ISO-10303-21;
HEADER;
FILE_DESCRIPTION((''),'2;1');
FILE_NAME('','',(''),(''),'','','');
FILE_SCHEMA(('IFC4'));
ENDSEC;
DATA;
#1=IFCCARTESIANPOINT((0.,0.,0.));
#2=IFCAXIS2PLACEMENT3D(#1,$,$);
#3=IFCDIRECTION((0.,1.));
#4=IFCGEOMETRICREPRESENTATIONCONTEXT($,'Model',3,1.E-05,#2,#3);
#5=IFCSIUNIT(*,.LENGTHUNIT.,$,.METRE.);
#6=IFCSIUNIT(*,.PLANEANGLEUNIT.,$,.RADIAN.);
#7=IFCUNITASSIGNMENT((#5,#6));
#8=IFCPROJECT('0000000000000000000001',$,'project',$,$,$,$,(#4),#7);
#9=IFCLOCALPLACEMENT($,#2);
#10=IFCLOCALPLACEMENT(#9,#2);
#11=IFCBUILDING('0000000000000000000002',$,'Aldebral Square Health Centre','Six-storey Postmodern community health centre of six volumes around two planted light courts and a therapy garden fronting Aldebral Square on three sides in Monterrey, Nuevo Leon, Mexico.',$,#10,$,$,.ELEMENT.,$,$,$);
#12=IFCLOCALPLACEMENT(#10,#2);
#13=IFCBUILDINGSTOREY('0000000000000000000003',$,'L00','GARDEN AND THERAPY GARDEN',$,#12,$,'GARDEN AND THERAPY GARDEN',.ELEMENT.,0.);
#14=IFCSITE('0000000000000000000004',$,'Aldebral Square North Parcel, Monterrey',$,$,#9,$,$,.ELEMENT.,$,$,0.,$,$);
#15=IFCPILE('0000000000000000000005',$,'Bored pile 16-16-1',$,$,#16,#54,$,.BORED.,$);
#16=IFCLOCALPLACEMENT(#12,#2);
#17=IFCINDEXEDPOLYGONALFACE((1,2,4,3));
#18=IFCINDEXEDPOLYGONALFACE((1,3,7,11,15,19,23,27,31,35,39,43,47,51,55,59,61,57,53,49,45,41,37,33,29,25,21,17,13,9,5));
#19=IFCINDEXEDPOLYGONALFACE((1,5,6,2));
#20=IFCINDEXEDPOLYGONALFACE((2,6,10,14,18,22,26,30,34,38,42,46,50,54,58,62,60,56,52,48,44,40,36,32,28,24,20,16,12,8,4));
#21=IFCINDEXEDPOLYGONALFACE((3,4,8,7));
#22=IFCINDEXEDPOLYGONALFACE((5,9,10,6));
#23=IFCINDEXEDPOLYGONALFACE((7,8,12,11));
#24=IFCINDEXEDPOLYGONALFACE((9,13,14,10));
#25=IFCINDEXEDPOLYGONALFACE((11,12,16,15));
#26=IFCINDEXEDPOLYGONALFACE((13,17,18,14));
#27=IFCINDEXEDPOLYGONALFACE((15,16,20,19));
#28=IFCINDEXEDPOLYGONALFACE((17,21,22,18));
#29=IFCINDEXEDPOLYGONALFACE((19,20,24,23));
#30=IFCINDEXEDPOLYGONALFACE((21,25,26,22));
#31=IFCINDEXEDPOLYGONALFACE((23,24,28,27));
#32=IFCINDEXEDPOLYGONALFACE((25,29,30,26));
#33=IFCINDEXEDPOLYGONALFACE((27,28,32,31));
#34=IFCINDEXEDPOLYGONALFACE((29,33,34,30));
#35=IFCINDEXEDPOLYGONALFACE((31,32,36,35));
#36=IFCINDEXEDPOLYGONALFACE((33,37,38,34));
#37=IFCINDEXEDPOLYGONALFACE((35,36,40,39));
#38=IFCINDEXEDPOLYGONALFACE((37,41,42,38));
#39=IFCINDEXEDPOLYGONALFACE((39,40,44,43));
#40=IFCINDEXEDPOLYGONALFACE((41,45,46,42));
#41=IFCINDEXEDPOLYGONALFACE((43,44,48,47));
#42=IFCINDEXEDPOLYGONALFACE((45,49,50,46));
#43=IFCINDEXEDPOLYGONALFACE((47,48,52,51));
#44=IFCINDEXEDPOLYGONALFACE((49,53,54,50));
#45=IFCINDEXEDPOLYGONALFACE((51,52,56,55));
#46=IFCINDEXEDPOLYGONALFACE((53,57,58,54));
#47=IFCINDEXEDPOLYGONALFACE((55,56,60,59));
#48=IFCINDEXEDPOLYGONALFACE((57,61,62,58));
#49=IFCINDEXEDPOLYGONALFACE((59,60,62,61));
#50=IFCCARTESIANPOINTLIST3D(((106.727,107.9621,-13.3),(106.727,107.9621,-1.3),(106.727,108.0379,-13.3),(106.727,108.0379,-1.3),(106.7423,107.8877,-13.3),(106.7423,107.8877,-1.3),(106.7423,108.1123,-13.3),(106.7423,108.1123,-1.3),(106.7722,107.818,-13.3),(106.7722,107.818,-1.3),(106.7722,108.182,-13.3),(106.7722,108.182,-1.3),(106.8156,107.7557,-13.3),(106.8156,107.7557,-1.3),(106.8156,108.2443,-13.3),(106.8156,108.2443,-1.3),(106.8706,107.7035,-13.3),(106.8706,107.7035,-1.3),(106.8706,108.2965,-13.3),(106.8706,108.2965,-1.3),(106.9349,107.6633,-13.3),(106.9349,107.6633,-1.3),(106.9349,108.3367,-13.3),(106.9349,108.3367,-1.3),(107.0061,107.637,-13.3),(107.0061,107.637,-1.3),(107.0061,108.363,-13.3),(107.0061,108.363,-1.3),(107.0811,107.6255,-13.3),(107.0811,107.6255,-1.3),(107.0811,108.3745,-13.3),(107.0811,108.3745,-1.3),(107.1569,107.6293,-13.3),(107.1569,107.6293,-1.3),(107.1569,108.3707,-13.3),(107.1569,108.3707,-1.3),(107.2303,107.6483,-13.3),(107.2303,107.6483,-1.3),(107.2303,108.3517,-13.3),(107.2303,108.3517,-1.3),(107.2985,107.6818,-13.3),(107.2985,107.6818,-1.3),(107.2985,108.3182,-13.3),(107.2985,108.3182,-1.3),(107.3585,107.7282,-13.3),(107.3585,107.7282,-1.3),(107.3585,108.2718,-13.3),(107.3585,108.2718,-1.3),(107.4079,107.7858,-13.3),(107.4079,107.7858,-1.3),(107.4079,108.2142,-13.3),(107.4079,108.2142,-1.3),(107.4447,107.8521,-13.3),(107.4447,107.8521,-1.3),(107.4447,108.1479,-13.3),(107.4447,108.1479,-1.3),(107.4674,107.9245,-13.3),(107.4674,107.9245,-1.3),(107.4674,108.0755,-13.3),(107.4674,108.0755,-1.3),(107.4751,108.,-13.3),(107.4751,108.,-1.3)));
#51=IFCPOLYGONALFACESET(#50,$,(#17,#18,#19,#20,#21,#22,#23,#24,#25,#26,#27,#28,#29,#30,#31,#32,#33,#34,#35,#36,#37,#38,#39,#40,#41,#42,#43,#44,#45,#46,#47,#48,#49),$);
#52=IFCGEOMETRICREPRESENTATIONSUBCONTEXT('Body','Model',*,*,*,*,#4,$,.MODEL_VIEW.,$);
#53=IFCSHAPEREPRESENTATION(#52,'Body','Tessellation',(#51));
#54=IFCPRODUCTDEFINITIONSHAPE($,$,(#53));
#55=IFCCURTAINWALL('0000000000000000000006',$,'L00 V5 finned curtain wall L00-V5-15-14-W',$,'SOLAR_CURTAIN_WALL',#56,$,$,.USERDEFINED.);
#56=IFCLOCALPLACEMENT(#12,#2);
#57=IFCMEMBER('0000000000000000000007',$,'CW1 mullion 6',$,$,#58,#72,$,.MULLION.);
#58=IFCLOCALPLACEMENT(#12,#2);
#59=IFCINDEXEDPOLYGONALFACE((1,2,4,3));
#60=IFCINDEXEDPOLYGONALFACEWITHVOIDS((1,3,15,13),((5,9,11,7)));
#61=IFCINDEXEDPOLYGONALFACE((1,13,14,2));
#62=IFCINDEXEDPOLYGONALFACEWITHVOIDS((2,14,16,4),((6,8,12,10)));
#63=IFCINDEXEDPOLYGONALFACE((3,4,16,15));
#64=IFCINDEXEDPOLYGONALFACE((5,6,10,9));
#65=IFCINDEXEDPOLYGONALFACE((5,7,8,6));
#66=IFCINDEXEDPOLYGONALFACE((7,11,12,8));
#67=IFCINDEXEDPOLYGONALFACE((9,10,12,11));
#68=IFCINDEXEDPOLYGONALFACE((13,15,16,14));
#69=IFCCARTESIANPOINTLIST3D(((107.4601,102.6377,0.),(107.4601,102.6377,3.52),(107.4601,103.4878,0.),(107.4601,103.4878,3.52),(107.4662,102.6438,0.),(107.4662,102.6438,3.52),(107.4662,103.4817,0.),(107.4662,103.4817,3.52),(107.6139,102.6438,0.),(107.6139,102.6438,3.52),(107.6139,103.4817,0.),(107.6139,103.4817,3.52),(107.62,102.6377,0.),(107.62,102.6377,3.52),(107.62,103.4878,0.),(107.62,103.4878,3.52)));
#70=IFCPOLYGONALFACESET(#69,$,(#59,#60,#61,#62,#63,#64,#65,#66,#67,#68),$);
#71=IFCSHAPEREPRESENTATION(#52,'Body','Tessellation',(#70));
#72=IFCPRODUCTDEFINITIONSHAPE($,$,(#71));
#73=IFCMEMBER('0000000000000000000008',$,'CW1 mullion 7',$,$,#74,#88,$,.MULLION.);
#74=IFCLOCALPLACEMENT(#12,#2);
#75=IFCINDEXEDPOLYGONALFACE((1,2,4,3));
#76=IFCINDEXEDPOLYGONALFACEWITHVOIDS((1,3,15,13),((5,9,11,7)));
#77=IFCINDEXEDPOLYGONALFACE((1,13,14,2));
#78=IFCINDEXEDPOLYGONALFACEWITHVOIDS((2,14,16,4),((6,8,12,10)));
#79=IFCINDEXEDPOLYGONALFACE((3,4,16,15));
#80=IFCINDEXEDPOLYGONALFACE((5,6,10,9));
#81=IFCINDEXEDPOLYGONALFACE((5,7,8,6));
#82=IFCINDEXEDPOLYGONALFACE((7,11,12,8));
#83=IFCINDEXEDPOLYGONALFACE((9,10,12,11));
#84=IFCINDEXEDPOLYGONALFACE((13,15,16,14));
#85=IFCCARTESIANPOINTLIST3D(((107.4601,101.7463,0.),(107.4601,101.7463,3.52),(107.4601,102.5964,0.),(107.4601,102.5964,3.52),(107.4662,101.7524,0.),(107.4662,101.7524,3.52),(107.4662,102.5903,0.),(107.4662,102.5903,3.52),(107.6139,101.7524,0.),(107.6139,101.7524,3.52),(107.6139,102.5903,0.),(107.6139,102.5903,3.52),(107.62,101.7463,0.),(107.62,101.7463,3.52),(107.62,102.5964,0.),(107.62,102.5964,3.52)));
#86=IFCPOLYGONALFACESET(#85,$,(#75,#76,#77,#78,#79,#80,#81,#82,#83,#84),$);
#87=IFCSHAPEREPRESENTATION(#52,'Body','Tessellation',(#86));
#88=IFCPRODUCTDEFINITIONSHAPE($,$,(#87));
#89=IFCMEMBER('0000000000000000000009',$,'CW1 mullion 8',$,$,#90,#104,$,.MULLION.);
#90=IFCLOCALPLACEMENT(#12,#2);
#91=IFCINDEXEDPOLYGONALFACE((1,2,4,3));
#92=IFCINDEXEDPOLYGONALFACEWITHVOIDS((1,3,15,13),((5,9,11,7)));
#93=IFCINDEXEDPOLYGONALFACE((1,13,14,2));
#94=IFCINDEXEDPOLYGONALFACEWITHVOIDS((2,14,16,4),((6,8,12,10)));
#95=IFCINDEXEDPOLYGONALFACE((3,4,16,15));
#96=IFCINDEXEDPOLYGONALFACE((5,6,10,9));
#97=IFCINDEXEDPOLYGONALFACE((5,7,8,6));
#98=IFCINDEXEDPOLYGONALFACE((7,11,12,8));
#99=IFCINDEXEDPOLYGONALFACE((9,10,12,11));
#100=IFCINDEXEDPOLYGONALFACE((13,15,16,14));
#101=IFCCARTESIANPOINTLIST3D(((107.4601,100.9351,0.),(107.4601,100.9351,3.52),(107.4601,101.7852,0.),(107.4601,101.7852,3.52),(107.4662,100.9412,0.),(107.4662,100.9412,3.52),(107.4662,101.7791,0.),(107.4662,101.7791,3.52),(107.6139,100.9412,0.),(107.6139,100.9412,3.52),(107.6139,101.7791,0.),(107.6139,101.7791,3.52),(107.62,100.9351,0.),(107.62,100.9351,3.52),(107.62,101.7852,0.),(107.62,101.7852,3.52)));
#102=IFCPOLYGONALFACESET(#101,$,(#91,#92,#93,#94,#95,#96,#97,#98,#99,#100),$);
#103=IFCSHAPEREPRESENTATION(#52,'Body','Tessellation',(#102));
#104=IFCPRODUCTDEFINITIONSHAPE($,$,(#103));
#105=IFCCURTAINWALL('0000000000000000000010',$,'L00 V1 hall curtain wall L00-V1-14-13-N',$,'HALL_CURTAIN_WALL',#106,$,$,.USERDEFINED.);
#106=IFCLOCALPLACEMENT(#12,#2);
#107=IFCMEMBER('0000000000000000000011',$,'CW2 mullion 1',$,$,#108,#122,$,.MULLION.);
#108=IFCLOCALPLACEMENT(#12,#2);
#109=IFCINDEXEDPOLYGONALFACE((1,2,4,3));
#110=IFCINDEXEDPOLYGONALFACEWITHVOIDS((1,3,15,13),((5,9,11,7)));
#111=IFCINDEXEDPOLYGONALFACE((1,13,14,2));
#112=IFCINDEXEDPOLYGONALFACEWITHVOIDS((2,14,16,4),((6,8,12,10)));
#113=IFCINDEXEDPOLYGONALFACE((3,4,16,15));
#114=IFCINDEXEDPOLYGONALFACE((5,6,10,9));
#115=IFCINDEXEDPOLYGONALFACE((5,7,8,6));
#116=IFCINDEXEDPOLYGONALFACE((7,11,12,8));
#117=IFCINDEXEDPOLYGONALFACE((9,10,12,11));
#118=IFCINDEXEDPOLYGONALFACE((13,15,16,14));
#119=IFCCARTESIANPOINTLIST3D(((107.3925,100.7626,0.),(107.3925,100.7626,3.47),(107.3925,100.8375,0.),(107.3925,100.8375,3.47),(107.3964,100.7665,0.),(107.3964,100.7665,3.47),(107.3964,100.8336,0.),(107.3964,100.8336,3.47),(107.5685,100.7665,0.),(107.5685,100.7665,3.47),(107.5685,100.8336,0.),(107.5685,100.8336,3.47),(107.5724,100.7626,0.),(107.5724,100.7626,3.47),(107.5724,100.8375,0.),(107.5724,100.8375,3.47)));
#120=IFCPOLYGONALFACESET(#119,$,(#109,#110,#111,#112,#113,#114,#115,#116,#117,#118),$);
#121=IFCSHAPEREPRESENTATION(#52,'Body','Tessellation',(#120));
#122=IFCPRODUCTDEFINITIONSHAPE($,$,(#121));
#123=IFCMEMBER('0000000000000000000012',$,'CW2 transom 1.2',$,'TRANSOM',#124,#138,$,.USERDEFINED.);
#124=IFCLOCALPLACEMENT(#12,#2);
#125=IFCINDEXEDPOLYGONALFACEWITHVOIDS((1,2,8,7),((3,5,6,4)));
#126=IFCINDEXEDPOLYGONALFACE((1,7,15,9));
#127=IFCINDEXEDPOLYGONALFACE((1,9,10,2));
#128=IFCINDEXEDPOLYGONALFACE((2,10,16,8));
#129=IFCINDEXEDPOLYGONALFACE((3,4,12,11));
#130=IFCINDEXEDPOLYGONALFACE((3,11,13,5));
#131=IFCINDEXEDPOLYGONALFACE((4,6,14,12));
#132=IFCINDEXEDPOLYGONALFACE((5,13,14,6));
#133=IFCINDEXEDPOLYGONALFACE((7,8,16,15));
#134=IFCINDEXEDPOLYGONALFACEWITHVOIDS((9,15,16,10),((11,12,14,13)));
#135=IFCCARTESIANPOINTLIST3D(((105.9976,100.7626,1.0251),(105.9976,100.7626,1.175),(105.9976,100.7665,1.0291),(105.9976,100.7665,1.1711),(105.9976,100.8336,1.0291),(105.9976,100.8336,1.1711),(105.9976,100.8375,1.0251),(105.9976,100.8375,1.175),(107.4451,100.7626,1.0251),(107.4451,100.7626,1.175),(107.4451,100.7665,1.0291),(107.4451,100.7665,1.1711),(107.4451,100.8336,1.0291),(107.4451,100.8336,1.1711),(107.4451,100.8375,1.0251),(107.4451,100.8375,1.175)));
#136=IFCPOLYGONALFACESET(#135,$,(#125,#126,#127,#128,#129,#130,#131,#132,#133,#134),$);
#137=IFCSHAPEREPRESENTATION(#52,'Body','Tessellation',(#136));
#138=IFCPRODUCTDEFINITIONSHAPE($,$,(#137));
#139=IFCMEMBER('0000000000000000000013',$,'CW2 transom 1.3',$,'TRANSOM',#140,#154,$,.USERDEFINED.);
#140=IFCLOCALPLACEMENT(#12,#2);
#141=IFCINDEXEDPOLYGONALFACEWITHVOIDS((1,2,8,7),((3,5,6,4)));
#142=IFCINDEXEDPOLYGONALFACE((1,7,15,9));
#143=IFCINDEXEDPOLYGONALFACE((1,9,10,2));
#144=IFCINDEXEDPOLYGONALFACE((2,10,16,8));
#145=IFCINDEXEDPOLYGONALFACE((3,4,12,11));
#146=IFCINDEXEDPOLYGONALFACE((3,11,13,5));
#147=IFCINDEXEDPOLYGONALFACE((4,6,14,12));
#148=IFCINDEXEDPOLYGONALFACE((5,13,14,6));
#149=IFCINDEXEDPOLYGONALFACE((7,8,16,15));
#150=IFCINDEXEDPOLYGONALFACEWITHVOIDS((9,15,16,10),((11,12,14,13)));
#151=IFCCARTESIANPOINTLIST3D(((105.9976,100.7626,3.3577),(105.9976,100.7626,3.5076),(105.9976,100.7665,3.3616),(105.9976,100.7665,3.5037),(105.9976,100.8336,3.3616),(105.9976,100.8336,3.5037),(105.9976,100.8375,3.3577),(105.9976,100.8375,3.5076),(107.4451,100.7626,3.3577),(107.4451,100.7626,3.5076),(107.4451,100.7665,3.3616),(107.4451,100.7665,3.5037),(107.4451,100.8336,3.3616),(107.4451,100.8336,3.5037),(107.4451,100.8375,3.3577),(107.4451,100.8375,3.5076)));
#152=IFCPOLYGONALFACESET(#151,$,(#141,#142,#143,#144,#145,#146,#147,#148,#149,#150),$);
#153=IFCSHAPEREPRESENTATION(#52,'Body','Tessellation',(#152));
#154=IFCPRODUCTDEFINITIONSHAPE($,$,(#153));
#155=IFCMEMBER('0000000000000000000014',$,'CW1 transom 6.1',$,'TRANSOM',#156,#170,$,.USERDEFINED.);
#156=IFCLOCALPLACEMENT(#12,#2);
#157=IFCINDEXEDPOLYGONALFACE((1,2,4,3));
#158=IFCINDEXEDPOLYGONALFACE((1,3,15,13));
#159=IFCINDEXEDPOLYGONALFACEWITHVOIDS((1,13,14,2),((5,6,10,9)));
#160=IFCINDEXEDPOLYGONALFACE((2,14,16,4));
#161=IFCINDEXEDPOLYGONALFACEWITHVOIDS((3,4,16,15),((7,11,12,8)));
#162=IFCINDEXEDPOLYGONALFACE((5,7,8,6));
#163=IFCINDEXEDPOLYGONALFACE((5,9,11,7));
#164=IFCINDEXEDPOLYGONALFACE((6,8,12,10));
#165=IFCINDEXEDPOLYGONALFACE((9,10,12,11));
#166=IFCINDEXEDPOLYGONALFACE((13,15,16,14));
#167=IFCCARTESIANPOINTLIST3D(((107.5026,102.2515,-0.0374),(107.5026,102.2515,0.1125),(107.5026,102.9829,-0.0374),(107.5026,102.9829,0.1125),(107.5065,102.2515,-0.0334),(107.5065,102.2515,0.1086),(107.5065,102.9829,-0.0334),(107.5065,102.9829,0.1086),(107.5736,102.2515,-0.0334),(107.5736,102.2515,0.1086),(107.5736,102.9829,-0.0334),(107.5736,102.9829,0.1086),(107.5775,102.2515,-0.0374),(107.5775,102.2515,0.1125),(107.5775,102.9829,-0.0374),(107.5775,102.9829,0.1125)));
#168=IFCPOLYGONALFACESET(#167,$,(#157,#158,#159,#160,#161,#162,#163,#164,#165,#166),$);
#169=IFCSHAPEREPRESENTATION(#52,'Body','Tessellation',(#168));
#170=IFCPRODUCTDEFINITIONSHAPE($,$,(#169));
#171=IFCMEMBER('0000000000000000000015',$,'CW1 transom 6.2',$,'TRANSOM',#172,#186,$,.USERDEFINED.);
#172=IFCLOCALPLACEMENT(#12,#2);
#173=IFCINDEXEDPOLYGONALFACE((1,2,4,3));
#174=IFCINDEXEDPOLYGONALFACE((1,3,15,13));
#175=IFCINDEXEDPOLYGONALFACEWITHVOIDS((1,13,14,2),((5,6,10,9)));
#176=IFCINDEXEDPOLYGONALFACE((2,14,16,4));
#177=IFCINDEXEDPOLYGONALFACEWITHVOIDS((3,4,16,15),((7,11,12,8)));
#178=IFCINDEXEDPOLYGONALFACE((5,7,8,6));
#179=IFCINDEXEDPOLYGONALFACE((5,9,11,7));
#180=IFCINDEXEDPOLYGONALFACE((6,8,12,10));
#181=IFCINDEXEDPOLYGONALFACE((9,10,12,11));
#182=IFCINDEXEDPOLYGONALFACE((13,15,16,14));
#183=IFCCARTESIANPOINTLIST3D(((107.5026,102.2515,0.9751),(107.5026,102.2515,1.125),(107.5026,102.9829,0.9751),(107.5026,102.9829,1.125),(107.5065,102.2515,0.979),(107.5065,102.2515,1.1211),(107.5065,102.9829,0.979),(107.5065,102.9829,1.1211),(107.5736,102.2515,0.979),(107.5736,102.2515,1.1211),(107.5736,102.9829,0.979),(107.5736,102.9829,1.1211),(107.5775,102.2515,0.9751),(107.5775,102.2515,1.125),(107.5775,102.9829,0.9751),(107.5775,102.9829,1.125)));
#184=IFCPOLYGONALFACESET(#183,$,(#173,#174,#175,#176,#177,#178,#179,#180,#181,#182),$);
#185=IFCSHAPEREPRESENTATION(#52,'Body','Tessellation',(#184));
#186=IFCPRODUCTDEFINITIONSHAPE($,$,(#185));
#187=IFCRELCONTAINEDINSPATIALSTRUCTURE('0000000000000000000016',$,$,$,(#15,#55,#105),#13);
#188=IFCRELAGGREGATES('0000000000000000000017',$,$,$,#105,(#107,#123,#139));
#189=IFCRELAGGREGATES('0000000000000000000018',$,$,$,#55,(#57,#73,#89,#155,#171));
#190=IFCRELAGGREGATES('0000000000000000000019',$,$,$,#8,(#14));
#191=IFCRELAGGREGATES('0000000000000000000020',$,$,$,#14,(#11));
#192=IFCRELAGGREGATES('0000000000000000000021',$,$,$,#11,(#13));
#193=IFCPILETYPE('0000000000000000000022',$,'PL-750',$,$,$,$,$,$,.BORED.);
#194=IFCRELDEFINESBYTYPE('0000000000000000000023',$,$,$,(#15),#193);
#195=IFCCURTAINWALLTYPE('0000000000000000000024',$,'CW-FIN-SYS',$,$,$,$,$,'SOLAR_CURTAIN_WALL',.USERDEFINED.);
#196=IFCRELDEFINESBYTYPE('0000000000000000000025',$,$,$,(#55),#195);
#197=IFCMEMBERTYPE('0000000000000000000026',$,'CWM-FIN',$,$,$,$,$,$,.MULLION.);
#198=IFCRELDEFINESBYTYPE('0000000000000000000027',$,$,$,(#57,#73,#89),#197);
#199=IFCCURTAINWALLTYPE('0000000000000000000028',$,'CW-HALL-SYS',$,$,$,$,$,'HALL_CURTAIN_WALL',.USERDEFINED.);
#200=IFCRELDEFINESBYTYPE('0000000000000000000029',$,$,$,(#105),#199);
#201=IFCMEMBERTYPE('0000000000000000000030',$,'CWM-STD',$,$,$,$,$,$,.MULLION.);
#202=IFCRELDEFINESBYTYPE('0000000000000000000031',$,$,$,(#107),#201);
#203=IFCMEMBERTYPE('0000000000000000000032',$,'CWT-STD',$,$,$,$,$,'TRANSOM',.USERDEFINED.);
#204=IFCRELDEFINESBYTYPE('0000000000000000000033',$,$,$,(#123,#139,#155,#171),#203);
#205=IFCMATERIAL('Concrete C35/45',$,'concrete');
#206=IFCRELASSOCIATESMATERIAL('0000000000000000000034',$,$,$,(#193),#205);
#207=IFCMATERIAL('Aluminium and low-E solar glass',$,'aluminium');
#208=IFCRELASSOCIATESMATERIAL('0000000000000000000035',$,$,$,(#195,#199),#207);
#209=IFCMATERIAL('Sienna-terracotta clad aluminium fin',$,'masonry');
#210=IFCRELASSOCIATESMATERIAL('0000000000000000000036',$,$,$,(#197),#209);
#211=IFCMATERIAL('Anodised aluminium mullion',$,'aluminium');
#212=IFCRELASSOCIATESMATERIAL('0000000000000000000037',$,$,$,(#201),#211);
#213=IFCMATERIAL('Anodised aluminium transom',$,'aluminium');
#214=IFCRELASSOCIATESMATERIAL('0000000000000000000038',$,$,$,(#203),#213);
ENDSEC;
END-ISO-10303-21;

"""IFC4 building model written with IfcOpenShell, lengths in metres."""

from ifc_helpers import new_model, si_unit, direction, frame, origin, origin_2d, place, context, subcontext, project, spatial, hollow_rectangle, circle, extrude, material, material_profile, profile_set, type_object, element, aggregate, save


model = new_model("IFC4")

# Units and contexts
model_context = context("Model", 3, precision=1e-05, world=origin(), true_north=direction((0.0, 1.0)))
body_context = subcontext(model_context, "Body", "Model", "MODEL_VIEW")
ifc_project = project(units=[si_unit("LENGTHUNIT", "METRE"), si_unit("PLANEANGLEUNIT", "RADIAN")], contexts=[model_context])

# Site, building, storey
site_placement = place(None, origin())
site = spatial("IfcSite", under=ifc_project, at=site_placement, Name="Aldebral Square North Parcel, Monterrey", CompositionType="ELEMENT", RefElevation=0.0)
building_placement = place(site_placement, origin())
building = spatial("IfcBuilding", under=site, at=building_placement, Name="Aldebral Square Health Centre", Description="Six-storey Postmodern community health centre of six volumes around two planted light courts and a therapy garden fronting Aldebral Square on three sides in Monterrey, Nuevo Leon, Mexico.", CompositionType="ELEMENT")
storey_placement = place(building_placement, origin())
storey = spatial("IfcBuildingStorey", under=building, at=storey_placement, Name="L00", Description="GARDEN AND THERAPY GARDEN", LongName="GARDEN AND THERAPY GARDEN", CompositionType="ELEMENT", Elevation=0.0)

# Pile
ifc_material_1 = material(Name="Concrete C35/45", Category="concrete")
ifc_material_profile_1 = material_profile(ifc_material_1, circle(Radius=0.375, at=origin_2d()), Name="PILE D750")
ifc_profile_set_1 = profile_set([ifc_material_profile_1], Name="Concrete C35/45")
pile_type = type_object("IfcPileType", Name="PL-750", PredefinedType="BORED", material=ifc_profile_set_1)
pile_placement = place(storey_placement, frame((107.1001, 108.0, -1.3), z_axis=(0.0, 0.0, -1.0), x_axis=(1.0, 0.0, 0.0)))
element("IfcPile", 1, at=pile_placement, inside=storey, type_object=pile_type, Name="Bored pile 16-16-1", PredefinedType="BORED", context=body_context, shape_type="SweptSolid", body=[
    extrude(circle(Radius=0.375, at=origin_2d()), origin(), (0.0, 0.0, 1.0), 12.0),
])

# Curtain walls, members
ifc_material_2 = material(Name="Aluminium and low-E solar glass", Category="aluminium")
curtain_wall_type_1 = type_object("IfcCurtainWallType", Name="CW-FIN-SYS", ElementType="SOLAR_CURTAIN_WALL", PredefinedType="USERDEFINED", material=ifc_material_2)
curtain_wall_1_placement = place(storey_placement, origin())
curtain_wall_1 = element("IfcCurtainWall", 2, at=curtain_wall_1_placement, inside=storey, type_object=curtain_wall_type_1, Name="L00 V5 finned curtain wall L00-V5-15-14-W", ObjectType="SOLAR_CURTAIN_WALL", PredefinedType="USERDEFINED")
ifc_material_3 = material(Name="Sienna-terracotta clad aluminium fin", Category="masonry")
ifc_material_profile_2 = material_profile(ifc_material_3, hollow_rectangle(XDim=0.1599, YDim=0.8501, WallThickness=0.0061, at=origin_2d()), Name="FIN 160x850x6")
ifc_profile_set_2 = profile_set([ifc_material_profile_2], Name="Sienna-terracotta clad aluminium fin")
member_type_1 = type_object("IfcMemberType", Name="CWM-FIN", PredefinedType="MULLION", material=ifc_profile_set_2)
member_1_placement = place(storey_placement, frame((107.54, 103.0627, 0.0), z_axis=(0.0, 0.0, 1.0), x_axis=(1.0, 0.0, 0.0)))
member_1 = element("IfcMember", 3, at=member_1_placement, type_object=member_type_1, Name="CW1 mullion 6", PredefinedType="MULLION", context=body_context, shape_type="SweptSolid", body=[
    extrude(hollow_rectangle(XDim=0.1599, YDim=0.8501, WallThickness=0.0061, at=origin_2d()), origin(), (0.0, 0.0, 1.0), 3.52),
])
member_2_placement = place(storey_placement, frame((107.54, 102.1714, 0.0), z_axis=(0.0, 0.0, 1.0), x_axis=(1.0, 0.0, 0.0)))
member_2 = element("IfcMember", 4, at=member_2_placement, type_object=member_type_1, Name="CW1 mullion 7", PredefinedType="MULLION", context=body_context, shape_type="SweptSolid", body=[
    extrude(hollow_rectangle(XDim=0.1599, YDim=0.8501, WallThickness=0.0061, at=origin_2d()), origin(), (0.0, 0.0, 1.0), 3.52),
])
member_3_placement = place(storey_placement, frame((107.54, 101.3601, 0.0), z_axis=(0.0, 0.0, 1.0), x_axis=(1.0, 0.0, 0.0)))
member_3 = element("IfcMember", 5, at=member_3_placement, type_object=member_type_1, Name="CW1 mullion 8", PredefinedType="MULLION", context=body_context, shape_type="SweptSolid", body=[
    extrude(hollow_rectangle(XDim=0.1599, YDim=0.8501, WallThickness=0.0061, at=origin_2d()), origin(), (0.0, 0.0, 1.0), 3.52),
])
curtain_wall_type_2 = type_object("IfcCurtainWallType", Name="CW-HALL-SYS", ElementType="HALL_CURTAIN_WALL", PredefinedType="USERDEFINED", material=ifc_material_2)
curtain_wall_2_placement = place(storey_placement, origin())
curtain_wall_2 = element("IfcCurtainWall", 6, at=curtain_wall_2_placement, inside=storey, type_object=curtain_wall_type_2, Name="L00 V1 hall curtain wall L00-V1-14-13-N", ObjectType="HALL_CURTAIN_WALL", PredefinedType="USERDEFINED")
ifc_material_4 = material(Name="Anodised aluminium mullion", Category="aluminium")
ifc_material_profile_3 = material_profile(ifc_material_4, hollow_rectangle(XDim=0.075, YDim=0.1799, WallThickness=0.0039, at=origin_2d()), Name="CWM 75x180x4")
ifc_profile_set_3 = profile_set([ifc_material_profile_3], Name="Anodised aluminium mullion")
member_type_2 = type_object("IfcMemberType", Name="CWM-STD", PredefinedType="MULLION", material=ifc_profile_set_3)
member_4_placement = place(storey_placement, frame((107.4824, 100.8, 0.0), z_axis=(0.0, 0.0, 1.0), x_axis=(0.0, -1.0, 0.0)))
member_4 = element("IfcMember", 7, at=member_4_placement, type_object=member_type_2, Name="CW2 mullion 1", PredefinedType="MULLION", context=body_context, shape_type="SweptSolid", body=[
    extrude(hollow_rectangle(XDim=0.075, YDim=0.1799, WallThickness=0.0039, at=origin_2d()), origin(), (0.0, 0.0, 1.0), 3.47),
])
ifc_material_5 = material(Name="Anodised aluminium transom", Category="aluminium")
ifc_material_profile_4 = material_profile(ifc_material_5, hollow_rectangle(XDim=0.075, YDim=0.1499, WallThickness=0.0039, at=origin_2d()), Name="CWT 75x150x4")
ifc_profile_set_4 = profile_set([ifc_material_profile_4], Name="Anodised aluminium transom")
member_type_3 = type_object("IfcMemberType", Name="CWT-STD", ElementType="TRANSOM", PredefinedType="USERDEFINED", material=ifc_profile_set_4)
member_5_placement = place(storey_placement, frame((107.4451, 100.8, 1.1001), z_axis=(-1.0, 0.0, 0.0), x_axis=(0.0, -1.0, 0.0)))
member_5 = element("IfcMember", 8, at=member_5_placement, type_object=member_type_3, Name="CW2 transom 1.2", ObjectType="TRANSOM", PredefinedType="USERDEFINED", context=body_context, shape_type="SweptSolid", body=[
    extrude(hollow_rectangle(XDim=0.075, YDim=0.1499, WallThickness=0.0039, at=origin_2d()), origin(), (0.0, 0.0, 1.0), 1.4475),
])
member_6_placement = place(storey_placement, frame((107.4451, 100.8, 3.4326), z_axis=(-1.0, 0.0, 0.0), x_axis=(0.0, -1.0, 0.0)))
member_6 = element("IfcMember", 9, at=member_6_placement, type_object=member_type_3, Name="CW2 transom 1.3", ObjectType="TRANSOM", PredefinedType="USERDEFINED", context=body_context, shape_type="SweptSolid", body=[
    extrude(hollow_rectangle(XDim=0.075, YDim=0.1499, WallThickness=0.0039, at=origin_2d()), origin(), (0.0, 0.0, 1.0), 1.4475),
])
aggregate(curtain_wall_2, [member_4, member_5, member_6])

# Members
member_7_placement = place(storey_placement, frame((107.54, 102.9829, 0.0376), z_axis=(0.0, -1.0, 0.0), x_axis=(1.0, 0.0, 0.0)))
member_7 = element("IfcMember", 10, at=member_7_placement, type_object=member_type_3, Name="CW1 transom 6.1", ObjectType="TRANSOM", PredefinedType="USERDEFINED", context=body_context, shape_type="SweptSolid", body=[
    extrude(hollow_rectangle(XDim=0.075, YDim=0.1499, WallThickness=0.0039, at=origin_2d()), origin(), (0.0, 0.0, 1.0), 0.7314),
])
member_8_placement = place(storey_placement, frame((107.54, 102.9829, 1.05), z_axis=(0.0, -1.0, 0.0), x_axis=(1.0, 0.0, 0.0)))
member_8 = element("IfcMember", 11, at=member_8_placement, type_object=member_type_3, Name="CW1 transom 6.2", ObjectType="TRANSOM", PredefinedType="USERDEFINED", context=body_context, shape_type="SweptSolid", body=[
    extrude(hollow_rectangle(XDim=0.075, YDim=0.1499, WallThickness=0.0039, at=origin_2d()), origin(), (0.0, 0.0, 1.0), 0.7314),
])

aggregate(curtain_wall_1, [member_1, member_2, member_3, member_7, member_8])

save(model, "model.ifc")
